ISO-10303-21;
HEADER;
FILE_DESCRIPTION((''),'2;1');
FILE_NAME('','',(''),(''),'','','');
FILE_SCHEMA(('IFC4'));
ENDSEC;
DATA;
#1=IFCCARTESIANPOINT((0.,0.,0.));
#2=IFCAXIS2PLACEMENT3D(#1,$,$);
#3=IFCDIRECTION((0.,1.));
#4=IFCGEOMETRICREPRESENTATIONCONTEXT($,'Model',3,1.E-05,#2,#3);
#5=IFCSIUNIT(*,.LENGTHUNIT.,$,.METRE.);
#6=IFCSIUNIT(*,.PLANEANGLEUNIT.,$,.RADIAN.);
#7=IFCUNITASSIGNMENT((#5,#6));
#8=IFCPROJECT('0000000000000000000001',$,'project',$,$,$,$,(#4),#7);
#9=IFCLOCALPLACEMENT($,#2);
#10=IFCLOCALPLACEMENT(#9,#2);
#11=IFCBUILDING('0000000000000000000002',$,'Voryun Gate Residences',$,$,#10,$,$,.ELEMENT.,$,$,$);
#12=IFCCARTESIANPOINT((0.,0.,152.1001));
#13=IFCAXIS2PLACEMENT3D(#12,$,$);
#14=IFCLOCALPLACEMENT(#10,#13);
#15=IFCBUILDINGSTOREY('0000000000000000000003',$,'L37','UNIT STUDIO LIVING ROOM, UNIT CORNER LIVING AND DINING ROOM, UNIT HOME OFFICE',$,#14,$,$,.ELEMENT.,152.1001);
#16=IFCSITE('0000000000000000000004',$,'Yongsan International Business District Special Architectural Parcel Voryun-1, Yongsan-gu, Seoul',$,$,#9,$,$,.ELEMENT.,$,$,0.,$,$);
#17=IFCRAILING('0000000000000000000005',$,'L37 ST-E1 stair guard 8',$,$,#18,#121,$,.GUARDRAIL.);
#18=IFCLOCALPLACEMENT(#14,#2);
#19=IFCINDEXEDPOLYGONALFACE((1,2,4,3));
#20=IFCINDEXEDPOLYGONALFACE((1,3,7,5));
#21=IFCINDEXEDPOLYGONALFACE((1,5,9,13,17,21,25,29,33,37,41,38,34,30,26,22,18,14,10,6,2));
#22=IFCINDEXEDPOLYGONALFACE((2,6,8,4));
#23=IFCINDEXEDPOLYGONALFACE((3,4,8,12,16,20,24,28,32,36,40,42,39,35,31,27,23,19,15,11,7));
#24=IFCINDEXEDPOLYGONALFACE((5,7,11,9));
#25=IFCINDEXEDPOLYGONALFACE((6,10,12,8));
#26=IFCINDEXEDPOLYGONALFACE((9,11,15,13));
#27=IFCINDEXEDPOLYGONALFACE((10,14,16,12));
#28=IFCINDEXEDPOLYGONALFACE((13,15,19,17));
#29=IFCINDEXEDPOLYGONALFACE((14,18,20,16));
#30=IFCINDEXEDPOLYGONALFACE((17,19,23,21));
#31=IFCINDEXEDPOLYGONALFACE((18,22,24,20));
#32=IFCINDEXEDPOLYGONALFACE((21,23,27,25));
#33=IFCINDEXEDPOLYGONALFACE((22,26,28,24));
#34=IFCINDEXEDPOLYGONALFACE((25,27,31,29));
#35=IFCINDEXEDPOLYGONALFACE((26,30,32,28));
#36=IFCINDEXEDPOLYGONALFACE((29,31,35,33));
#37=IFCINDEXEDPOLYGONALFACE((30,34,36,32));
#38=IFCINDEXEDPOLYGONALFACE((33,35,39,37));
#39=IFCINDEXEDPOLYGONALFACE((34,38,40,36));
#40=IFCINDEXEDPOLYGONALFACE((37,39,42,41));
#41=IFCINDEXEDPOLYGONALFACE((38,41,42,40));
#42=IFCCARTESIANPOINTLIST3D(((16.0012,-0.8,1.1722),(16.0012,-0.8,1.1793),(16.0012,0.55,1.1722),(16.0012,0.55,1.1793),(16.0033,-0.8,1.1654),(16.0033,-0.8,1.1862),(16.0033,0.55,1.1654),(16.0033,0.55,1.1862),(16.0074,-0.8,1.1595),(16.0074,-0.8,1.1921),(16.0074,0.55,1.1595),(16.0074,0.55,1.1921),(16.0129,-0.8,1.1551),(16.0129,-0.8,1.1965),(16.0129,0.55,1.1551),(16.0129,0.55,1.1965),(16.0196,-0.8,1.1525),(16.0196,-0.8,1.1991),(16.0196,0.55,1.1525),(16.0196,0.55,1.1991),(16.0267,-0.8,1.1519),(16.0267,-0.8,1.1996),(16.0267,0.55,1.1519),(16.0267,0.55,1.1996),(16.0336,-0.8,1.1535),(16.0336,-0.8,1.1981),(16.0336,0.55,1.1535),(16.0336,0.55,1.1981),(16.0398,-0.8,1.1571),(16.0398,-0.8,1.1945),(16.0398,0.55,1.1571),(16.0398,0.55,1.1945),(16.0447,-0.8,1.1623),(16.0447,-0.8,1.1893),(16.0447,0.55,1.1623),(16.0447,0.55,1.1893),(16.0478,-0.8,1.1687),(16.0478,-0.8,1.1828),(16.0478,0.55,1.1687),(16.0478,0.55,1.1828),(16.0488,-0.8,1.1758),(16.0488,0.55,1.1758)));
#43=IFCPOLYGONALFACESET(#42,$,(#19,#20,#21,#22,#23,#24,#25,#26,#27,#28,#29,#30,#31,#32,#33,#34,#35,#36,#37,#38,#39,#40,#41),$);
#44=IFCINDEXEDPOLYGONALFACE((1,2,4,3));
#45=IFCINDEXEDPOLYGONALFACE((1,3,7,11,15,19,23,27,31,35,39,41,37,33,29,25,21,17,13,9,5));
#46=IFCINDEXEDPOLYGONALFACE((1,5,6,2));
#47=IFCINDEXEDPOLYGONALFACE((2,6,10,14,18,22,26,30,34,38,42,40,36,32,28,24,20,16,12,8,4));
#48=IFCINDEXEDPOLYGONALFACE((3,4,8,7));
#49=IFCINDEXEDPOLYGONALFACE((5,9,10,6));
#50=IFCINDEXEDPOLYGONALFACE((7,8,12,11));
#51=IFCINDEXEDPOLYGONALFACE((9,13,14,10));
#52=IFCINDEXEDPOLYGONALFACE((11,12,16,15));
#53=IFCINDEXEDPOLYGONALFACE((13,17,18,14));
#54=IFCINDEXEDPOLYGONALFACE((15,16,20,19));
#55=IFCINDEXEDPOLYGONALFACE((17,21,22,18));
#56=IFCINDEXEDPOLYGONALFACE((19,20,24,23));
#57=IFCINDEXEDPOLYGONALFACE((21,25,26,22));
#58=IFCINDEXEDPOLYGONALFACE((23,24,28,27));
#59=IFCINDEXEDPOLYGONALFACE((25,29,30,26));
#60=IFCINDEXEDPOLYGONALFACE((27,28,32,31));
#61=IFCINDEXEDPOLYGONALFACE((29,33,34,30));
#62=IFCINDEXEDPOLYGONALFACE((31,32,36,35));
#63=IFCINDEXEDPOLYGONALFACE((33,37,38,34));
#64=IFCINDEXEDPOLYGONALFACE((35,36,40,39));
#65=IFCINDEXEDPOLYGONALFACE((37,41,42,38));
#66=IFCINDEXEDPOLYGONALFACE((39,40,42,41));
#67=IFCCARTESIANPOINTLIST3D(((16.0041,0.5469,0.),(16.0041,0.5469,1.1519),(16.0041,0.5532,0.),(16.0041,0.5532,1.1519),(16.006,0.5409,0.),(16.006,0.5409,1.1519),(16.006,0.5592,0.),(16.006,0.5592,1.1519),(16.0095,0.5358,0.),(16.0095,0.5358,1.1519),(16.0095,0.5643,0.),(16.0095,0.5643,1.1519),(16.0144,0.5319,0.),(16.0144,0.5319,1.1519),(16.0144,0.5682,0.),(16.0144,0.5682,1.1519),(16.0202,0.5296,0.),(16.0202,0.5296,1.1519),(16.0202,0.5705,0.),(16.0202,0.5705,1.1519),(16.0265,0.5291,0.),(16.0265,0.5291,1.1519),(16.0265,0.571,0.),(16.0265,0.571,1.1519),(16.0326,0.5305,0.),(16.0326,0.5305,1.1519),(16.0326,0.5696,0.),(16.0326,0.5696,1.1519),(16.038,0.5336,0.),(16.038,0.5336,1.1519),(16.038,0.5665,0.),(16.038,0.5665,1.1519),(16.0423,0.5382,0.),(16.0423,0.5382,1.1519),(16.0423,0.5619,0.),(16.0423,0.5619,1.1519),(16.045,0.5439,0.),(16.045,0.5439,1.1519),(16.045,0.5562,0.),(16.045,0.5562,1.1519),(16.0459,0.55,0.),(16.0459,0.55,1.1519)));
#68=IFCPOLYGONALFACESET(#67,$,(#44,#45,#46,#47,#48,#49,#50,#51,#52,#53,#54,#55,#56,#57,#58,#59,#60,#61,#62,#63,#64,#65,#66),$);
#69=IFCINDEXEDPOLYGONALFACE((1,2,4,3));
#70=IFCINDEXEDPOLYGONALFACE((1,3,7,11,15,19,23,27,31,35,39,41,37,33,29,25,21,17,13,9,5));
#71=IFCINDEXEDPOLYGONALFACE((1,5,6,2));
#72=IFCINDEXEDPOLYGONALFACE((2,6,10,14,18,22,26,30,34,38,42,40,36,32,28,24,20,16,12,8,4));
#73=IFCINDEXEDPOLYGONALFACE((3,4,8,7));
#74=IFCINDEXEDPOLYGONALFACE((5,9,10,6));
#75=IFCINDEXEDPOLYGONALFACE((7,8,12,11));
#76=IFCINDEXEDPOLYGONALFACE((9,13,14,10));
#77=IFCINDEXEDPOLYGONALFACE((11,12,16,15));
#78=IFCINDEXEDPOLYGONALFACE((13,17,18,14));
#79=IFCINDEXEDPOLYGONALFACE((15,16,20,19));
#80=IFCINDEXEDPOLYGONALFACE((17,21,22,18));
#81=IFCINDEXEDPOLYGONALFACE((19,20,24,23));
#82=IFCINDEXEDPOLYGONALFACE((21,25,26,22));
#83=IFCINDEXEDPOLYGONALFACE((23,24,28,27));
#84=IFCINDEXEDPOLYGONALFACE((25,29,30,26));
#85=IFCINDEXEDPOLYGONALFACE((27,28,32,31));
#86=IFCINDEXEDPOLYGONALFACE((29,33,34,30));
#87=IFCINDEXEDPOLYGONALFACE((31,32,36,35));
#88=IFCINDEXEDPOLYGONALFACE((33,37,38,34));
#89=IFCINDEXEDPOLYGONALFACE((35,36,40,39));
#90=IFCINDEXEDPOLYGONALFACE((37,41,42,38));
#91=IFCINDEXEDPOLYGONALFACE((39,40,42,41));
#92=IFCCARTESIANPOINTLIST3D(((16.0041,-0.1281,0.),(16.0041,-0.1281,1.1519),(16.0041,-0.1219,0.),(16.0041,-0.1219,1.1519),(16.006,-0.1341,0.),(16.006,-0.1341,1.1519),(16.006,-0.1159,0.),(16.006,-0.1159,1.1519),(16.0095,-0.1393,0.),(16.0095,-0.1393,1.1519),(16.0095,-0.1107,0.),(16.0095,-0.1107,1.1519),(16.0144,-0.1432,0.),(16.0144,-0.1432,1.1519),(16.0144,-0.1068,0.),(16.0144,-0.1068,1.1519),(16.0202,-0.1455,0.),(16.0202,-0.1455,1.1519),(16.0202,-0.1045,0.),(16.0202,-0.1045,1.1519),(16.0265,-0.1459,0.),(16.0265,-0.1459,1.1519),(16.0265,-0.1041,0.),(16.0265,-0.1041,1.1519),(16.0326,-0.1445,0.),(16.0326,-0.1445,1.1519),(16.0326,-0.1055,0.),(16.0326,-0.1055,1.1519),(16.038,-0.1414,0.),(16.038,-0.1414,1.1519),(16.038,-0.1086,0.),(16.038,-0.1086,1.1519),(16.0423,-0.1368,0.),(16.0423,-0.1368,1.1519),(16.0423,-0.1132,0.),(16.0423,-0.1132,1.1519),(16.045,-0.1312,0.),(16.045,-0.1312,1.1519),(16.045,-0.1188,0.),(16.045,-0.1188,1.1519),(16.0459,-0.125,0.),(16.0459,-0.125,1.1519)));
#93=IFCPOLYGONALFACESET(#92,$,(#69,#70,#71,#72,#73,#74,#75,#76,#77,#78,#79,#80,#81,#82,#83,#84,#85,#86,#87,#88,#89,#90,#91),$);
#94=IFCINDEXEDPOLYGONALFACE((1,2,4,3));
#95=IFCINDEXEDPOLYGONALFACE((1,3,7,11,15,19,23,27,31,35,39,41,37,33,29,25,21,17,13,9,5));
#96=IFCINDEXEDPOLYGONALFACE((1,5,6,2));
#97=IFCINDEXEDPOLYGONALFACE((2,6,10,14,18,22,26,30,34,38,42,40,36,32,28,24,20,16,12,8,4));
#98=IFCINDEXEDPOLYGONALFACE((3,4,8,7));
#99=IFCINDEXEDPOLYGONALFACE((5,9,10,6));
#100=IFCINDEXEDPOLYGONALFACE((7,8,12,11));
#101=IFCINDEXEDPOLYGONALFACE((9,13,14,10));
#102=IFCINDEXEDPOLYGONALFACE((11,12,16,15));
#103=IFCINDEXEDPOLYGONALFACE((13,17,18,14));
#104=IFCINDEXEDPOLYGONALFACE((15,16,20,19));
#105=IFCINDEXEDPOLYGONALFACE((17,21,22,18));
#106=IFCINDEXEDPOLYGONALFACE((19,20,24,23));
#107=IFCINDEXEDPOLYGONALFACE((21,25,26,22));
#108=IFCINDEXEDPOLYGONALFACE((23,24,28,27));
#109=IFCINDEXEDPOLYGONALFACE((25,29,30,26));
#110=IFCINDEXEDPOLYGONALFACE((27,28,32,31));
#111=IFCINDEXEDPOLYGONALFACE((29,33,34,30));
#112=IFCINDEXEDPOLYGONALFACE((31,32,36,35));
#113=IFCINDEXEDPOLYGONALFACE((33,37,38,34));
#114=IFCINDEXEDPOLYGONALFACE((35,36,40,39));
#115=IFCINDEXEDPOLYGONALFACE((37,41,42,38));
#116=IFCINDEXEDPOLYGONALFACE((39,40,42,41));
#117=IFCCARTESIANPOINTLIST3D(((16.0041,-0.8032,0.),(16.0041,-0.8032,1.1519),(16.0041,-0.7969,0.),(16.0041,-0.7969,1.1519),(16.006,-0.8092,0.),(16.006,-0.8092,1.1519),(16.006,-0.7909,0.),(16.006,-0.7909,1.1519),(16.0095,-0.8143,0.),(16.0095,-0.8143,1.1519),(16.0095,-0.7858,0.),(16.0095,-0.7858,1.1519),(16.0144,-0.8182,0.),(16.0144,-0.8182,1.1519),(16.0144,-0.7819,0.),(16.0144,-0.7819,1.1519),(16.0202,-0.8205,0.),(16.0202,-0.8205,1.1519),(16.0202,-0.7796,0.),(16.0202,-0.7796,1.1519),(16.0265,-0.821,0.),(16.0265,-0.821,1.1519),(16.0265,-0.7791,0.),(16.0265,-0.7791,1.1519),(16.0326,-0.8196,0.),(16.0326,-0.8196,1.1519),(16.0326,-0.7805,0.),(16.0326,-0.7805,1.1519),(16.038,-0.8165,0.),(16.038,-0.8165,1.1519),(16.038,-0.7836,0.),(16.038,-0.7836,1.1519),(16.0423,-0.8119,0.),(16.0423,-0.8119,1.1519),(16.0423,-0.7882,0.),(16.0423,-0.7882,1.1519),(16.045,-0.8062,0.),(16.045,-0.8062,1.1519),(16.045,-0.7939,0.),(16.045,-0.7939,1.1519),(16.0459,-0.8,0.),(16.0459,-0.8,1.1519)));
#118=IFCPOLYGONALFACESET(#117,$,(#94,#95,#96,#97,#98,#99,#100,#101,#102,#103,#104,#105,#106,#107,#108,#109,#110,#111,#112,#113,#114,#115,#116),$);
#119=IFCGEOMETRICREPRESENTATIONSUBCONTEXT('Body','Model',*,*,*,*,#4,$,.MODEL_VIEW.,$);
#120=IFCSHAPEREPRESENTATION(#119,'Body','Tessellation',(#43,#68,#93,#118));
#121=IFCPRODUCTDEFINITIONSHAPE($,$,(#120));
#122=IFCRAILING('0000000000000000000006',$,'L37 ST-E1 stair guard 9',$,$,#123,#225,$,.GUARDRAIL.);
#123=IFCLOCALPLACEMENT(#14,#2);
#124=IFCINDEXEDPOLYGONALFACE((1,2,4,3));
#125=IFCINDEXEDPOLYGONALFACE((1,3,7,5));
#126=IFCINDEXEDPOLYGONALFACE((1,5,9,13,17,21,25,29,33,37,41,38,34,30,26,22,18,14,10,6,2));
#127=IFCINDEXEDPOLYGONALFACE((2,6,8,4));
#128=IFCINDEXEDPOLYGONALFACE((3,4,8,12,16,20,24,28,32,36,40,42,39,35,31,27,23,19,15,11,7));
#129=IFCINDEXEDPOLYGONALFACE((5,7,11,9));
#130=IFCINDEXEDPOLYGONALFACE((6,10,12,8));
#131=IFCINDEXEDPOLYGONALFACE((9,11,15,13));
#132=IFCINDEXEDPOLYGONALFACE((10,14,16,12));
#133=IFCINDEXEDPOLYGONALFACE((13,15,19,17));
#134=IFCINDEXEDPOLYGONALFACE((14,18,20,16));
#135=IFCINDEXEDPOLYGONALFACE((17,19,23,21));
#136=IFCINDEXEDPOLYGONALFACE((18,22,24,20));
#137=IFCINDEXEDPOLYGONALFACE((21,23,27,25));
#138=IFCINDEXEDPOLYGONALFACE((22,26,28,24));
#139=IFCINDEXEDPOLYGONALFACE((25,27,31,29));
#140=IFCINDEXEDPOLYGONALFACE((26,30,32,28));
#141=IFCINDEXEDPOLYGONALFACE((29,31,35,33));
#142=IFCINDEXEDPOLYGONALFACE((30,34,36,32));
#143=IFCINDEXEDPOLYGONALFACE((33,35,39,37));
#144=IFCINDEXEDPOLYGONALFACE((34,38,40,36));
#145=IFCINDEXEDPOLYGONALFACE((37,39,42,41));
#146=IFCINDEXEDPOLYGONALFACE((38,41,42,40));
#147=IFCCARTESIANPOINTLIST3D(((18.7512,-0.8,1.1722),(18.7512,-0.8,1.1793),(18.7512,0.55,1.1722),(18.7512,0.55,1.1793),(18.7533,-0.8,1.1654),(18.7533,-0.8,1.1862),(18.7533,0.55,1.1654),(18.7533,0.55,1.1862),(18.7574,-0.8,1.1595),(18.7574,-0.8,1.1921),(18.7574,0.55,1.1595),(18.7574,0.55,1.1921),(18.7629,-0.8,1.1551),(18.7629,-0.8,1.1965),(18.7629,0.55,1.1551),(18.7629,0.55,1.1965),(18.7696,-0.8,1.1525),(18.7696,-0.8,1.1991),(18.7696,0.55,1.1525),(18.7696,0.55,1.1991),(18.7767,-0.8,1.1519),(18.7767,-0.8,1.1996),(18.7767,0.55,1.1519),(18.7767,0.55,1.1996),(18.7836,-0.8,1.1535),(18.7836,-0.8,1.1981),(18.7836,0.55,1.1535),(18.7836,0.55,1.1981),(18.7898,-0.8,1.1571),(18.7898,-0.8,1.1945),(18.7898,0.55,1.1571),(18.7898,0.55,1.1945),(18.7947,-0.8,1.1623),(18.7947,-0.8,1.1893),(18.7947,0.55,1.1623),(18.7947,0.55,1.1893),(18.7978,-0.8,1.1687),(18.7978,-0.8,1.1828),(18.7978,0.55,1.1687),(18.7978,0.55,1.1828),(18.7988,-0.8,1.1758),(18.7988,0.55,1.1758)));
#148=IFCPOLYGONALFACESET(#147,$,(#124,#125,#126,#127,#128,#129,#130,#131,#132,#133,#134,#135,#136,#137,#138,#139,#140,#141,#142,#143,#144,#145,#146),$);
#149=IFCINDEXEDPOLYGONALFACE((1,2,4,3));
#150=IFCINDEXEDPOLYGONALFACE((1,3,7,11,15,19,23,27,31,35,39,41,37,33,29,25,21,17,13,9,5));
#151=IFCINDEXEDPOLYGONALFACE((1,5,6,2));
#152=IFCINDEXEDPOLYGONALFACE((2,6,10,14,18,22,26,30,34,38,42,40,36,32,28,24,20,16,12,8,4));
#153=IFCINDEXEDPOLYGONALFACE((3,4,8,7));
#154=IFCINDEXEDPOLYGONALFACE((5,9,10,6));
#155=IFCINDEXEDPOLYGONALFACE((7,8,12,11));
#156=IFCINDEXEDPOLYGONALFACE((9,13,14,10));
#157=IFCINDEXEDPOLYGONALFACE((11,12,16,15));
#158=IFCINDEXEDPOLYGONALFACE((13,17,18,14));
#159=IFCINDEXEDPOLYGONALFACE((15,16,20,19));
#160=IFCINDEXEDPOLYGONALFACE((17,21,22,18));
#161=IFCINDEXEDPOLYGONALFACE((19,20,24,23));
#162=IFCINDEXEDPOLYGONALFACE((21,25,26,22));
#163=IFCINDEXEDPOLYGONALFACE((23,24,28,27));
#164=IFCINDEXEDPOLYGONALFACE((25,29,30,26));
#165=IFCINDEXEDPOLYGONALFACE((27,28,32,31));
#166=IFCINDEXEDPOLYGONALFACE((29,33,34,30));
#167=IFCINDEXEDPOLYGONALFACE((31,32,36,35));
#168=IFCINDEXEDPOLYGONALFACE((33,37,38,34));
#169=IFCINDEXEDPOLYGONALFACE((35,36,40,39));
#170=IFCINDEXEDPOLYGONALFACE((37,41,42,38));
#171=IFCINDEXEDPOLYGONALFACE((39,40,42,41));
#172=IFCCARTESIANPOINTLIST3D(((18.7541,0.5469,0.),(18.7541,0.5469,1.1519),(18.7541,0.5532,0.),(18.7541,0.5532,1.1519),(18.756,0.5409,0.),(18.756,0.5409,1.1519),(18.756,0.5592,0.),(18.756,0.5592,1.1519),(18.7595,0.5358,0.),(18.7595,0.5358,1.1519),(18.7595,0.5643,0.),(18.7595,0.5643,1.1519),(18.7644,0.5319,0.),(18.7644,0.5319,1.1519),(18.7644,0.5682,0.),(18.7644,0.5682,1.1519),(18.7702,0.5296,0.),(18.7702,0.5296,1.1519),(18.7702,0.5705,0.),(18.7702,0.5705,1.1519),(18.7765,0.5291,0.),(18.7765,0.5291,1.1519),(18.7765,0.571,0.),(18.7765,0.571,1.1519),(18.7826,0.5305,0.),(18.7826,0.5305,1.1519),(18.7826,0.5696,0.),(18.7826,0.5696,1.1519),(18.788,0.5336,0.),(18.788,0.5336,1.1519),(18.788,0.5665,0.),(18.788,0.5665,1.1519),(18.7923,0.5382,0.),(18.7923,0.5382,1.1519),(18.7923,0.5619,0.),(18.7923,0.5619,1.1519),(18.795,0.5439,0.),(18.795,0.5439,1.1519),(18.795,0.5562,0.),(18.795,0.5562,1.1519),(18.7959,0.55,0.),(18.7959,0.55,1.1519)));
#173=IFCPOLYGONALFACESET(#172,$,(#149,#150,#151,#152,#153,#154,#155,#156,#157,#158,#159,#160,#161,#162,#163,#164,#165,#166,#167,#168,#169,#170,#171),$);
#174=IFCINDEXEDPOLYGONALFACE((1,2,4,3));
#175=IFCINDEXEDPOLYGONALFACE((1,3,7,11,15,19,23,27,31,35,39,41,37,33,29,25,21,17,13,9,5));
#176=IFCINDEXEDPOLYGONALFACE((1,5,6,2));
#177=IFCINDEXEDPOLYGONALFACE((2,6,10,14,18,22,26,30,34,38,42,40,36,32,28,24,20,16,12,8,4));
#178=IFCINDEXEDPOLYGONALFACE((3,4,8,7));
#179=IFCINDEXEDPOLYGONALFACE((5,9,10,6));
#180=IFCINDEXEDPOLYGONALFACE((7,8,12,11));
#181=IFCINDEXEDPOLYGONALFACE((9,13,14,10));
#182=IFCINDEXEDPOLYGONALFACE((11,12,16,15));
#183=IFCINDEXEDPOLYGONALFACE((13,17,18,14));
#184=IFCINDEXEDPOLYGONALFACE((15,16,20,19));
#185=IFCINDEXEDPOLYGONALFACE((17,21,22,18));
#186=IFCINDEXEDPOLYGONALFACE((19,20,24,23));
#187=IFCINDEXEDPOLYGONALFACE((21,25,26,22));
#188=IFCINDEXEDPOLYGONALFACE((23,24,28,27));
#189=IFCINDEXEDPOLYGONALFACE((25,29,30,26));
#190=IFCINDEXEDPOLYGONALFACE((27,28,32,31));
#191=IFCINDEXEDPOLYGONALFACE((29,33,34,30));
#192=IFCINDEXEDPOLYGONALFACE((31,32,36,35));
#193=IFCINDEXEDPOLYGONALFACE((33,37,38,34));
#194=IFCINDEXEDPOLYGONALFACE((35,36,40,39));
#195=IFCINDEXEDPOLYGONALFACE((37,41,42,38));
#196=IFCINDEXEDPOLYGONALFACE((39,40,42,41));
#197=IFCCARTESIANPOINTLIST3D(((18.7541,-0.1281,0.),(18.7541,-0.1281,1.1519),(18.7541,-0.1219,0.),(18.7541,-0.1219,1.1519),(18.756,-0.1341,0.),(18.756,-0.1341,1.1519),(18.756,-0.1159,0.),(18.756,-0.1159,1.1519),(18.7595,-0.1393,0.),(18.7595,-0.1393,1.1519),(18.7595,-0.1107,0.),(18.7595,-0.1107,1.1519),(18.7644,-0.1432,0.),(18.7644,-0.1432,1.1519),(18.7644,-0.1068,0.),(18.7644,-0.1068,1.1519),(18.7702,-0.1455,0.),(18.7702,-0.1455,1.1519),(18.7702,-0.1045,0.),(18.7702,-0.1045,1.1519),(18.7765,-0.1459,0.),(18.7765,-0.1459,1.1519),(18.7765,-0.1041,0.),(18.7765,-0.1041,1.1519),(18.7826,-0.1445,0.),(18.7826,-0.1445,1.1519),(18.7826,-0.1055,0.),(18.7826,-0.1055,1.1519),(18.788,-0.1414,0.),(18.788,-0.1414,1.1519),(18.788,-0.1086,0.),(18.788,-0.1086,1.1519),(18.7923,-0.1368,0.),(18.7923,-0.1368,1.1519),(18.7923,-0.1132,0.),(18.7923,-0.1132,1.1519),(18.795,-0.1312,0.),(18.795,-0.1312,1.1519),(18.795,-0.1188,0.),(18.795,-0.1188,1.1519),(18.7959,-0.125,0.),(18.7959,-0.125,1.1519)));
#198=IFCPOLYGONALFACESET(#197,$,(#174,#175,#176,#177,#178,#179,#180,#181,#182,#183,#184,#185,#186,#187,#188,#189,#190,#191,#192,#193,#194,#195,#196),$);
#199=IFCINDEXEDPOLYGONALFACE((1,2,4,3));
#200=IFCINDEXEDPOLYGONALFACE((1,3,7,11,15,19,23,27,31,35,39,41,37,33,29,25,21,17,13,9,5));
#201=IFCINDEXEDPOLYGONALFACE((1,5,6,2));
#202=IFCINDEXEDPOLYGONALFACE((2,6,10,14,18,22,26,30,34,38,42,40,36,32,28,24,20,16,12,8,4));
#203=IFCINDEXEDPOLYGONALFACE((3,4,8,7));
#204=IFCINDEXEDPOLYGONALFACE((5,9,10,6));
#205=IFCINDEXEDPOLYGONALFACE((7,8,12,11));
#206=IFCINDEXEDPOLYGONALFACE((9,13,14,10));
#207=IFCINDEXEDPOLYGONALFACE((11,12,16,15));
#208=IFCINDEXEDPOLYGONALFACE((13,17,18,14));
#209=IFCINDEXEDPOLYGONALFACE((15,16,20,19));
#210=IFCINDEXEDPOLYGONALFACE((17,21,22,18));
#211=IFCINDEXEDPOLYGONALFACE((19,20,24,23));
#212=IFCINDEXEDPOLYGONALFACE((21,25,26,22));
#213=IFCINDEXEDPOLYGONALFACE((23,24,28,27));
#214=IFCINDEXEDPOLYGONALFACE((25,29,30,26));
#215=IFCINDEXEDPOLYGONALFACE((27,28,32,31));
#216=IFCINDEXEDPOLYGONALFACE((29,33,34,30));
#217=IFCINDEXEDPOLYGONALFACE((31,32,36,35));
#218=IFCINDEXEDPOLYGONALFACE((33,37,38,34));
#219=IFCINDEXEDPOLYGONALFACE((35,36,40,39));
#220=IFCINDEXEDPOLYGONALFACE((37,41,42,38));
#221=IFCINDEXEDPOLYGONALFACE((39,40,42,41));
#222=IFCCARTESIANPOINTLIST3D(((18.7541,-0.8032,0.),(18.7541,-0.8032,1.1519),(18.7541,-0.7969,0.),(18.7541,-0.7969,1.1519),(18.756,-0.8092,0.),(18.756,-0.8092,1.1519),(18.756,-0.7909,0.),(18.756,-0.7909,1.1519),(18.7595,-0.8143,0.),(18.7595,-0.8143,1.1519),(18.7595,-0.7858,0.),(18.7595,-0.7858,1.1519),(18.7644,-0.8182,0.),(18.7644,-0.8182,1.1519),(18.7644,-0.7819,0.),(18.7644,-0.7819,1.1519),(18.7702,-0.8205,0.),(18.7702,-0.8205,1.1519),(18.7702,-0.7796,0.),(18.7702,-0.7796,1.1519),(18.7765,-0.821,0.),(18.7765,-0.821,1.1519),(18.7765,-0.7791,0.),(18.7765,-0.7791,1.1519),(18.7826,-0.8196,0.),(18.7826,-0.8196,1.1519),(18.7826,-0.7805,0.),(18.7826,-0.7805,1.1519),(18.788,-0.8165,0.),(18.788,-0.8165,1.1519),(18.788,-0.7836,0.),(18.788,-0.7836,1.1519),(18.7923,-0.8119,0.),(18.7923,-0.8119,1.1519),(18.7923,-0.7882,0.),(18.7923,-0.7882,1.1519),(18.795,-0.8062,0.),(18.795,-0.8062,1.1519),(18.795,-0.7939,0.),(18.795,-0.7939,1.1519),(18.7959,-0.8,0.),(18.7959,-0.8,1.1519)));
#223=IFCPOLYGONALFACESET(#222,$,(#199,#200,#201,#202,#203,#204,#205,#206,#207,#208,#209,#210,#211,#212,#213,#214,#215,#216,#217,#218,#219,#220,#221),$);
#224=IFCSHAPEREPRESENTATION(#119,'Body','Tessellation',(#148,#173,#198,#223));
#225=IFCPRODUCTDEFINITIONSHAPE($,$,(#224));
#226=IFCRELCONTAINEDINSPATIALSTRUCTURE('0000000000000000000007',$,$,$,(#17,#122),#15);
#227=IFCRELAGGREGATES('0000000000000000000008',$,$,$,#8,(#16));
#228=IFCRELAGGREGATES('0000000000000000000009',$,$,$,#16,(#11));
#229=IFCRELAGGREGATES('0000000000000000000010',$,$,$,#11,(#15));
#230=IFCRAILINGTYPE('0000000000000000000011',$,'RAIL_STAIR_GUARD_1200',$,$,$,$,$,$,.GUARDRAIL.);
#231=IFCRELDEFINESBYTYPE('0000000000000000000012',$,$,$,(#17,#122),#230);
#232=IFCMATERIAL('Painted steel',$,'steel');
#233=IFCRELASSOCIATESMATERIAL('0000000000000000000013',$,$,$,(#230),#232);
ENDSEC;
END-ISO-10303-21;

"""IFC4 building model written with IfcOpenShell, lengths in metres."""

from ifc_helpers import new_model, si_unit, direction, frame, origin, origin_2d, place, context, subcontext, project, spatial, circle, extrude, material, type_object, element, save


model = new_model("IFC4")

# Units and contexts
model_context = context("Model", 3, precision=1e-05, world=origin(), true_north=direction((0.0, 1.0)))
body_context = subcontext(model_context, "Body", "Model", "MODEL_VIEW")
ifc_project = project(units=[si_unit("LENGTHUNIT", "METRE"), si_unit("PLANEANGLEUNIT", "RADIAN")], contexts=[model_context])

# Site, building, storey
site_placement = place(None, origin())
site = spatial("IfcSite", under=ifc_project, at=site_placement, Name="Yongsan International Business District Special Architectural Parcel Voryun-1, Yongsan-gu, Seoul", CompositionType="ELEMENT", RefElevation=0.0)
building_placement = place(site_placement, origin())
building = spatial("IfcBuilding", under=site, at=building_placement, Name="Voryun Gate Residences", CompositionType="ELEMENT")
storey_placement = place(building_placement, frame((0.0, 0.0, 152.1001)))
storey = spatial("IfcBuildingStorey", under=building, at=storey_placement, Name="L37", Description="UNIT STUDIO LIVING ROOM, UNIT CORNER LIVING AND DINING ROOM, UNIT HOME OFFICE", CompositionType="ELEMENT", Elevation=152.1001)

# Railings
ifc_material_1 = material(Name="Painted steel", Category="steel")
railing_type = type_object("IfcRailingType", Name="RAIL_STAIR_GUARD_1200", PredefinedType="GUARDRAIL", material=ifc_material_1)
for number, where, name in (
    (1, (16.0249, 0.55, 0.0), "L37 ST-E1 stair guard 8"),
    (2, (18.7749, 0.55, 0.0), "L37 ST-E1 stair guard 9"),
):
    element("IfcRailing", number, at=place(storey_placement, frame(where)), inside=storey, type_object=railing_type, Name=name, PredefinedType="GUARDRAIL", context=body_context, shape_type="SweptSolid", body=[
        extrude(circle(Radius=0.0239, at=origin_2d()), frame((0.0, 0.0, 1.1758), z_axis=(0.0, -1.0, 0.0), x_axis=(1.0, 0.0, 0.0)), (0.0, 0.0, 1.0), 1.3501),
        extrude(circle(Radius=0.021, at=origin_2d()), origin(), (0.0, 0.0, 1.0), 1.1519),
        extrude(circle(Radius=0.021, at=origin_2d()), frame((0.0, -0.675, 0.0)), (0.0, 0.0, 1.0), 1.1519),
        extrude(circle(Radius=0.021, at=origin_2d()), frame((0.0, -1.3501, 0.0)), (0.0, 0.0, 1.0), 1.1519),
    ])

save(model, "model.ifc")
